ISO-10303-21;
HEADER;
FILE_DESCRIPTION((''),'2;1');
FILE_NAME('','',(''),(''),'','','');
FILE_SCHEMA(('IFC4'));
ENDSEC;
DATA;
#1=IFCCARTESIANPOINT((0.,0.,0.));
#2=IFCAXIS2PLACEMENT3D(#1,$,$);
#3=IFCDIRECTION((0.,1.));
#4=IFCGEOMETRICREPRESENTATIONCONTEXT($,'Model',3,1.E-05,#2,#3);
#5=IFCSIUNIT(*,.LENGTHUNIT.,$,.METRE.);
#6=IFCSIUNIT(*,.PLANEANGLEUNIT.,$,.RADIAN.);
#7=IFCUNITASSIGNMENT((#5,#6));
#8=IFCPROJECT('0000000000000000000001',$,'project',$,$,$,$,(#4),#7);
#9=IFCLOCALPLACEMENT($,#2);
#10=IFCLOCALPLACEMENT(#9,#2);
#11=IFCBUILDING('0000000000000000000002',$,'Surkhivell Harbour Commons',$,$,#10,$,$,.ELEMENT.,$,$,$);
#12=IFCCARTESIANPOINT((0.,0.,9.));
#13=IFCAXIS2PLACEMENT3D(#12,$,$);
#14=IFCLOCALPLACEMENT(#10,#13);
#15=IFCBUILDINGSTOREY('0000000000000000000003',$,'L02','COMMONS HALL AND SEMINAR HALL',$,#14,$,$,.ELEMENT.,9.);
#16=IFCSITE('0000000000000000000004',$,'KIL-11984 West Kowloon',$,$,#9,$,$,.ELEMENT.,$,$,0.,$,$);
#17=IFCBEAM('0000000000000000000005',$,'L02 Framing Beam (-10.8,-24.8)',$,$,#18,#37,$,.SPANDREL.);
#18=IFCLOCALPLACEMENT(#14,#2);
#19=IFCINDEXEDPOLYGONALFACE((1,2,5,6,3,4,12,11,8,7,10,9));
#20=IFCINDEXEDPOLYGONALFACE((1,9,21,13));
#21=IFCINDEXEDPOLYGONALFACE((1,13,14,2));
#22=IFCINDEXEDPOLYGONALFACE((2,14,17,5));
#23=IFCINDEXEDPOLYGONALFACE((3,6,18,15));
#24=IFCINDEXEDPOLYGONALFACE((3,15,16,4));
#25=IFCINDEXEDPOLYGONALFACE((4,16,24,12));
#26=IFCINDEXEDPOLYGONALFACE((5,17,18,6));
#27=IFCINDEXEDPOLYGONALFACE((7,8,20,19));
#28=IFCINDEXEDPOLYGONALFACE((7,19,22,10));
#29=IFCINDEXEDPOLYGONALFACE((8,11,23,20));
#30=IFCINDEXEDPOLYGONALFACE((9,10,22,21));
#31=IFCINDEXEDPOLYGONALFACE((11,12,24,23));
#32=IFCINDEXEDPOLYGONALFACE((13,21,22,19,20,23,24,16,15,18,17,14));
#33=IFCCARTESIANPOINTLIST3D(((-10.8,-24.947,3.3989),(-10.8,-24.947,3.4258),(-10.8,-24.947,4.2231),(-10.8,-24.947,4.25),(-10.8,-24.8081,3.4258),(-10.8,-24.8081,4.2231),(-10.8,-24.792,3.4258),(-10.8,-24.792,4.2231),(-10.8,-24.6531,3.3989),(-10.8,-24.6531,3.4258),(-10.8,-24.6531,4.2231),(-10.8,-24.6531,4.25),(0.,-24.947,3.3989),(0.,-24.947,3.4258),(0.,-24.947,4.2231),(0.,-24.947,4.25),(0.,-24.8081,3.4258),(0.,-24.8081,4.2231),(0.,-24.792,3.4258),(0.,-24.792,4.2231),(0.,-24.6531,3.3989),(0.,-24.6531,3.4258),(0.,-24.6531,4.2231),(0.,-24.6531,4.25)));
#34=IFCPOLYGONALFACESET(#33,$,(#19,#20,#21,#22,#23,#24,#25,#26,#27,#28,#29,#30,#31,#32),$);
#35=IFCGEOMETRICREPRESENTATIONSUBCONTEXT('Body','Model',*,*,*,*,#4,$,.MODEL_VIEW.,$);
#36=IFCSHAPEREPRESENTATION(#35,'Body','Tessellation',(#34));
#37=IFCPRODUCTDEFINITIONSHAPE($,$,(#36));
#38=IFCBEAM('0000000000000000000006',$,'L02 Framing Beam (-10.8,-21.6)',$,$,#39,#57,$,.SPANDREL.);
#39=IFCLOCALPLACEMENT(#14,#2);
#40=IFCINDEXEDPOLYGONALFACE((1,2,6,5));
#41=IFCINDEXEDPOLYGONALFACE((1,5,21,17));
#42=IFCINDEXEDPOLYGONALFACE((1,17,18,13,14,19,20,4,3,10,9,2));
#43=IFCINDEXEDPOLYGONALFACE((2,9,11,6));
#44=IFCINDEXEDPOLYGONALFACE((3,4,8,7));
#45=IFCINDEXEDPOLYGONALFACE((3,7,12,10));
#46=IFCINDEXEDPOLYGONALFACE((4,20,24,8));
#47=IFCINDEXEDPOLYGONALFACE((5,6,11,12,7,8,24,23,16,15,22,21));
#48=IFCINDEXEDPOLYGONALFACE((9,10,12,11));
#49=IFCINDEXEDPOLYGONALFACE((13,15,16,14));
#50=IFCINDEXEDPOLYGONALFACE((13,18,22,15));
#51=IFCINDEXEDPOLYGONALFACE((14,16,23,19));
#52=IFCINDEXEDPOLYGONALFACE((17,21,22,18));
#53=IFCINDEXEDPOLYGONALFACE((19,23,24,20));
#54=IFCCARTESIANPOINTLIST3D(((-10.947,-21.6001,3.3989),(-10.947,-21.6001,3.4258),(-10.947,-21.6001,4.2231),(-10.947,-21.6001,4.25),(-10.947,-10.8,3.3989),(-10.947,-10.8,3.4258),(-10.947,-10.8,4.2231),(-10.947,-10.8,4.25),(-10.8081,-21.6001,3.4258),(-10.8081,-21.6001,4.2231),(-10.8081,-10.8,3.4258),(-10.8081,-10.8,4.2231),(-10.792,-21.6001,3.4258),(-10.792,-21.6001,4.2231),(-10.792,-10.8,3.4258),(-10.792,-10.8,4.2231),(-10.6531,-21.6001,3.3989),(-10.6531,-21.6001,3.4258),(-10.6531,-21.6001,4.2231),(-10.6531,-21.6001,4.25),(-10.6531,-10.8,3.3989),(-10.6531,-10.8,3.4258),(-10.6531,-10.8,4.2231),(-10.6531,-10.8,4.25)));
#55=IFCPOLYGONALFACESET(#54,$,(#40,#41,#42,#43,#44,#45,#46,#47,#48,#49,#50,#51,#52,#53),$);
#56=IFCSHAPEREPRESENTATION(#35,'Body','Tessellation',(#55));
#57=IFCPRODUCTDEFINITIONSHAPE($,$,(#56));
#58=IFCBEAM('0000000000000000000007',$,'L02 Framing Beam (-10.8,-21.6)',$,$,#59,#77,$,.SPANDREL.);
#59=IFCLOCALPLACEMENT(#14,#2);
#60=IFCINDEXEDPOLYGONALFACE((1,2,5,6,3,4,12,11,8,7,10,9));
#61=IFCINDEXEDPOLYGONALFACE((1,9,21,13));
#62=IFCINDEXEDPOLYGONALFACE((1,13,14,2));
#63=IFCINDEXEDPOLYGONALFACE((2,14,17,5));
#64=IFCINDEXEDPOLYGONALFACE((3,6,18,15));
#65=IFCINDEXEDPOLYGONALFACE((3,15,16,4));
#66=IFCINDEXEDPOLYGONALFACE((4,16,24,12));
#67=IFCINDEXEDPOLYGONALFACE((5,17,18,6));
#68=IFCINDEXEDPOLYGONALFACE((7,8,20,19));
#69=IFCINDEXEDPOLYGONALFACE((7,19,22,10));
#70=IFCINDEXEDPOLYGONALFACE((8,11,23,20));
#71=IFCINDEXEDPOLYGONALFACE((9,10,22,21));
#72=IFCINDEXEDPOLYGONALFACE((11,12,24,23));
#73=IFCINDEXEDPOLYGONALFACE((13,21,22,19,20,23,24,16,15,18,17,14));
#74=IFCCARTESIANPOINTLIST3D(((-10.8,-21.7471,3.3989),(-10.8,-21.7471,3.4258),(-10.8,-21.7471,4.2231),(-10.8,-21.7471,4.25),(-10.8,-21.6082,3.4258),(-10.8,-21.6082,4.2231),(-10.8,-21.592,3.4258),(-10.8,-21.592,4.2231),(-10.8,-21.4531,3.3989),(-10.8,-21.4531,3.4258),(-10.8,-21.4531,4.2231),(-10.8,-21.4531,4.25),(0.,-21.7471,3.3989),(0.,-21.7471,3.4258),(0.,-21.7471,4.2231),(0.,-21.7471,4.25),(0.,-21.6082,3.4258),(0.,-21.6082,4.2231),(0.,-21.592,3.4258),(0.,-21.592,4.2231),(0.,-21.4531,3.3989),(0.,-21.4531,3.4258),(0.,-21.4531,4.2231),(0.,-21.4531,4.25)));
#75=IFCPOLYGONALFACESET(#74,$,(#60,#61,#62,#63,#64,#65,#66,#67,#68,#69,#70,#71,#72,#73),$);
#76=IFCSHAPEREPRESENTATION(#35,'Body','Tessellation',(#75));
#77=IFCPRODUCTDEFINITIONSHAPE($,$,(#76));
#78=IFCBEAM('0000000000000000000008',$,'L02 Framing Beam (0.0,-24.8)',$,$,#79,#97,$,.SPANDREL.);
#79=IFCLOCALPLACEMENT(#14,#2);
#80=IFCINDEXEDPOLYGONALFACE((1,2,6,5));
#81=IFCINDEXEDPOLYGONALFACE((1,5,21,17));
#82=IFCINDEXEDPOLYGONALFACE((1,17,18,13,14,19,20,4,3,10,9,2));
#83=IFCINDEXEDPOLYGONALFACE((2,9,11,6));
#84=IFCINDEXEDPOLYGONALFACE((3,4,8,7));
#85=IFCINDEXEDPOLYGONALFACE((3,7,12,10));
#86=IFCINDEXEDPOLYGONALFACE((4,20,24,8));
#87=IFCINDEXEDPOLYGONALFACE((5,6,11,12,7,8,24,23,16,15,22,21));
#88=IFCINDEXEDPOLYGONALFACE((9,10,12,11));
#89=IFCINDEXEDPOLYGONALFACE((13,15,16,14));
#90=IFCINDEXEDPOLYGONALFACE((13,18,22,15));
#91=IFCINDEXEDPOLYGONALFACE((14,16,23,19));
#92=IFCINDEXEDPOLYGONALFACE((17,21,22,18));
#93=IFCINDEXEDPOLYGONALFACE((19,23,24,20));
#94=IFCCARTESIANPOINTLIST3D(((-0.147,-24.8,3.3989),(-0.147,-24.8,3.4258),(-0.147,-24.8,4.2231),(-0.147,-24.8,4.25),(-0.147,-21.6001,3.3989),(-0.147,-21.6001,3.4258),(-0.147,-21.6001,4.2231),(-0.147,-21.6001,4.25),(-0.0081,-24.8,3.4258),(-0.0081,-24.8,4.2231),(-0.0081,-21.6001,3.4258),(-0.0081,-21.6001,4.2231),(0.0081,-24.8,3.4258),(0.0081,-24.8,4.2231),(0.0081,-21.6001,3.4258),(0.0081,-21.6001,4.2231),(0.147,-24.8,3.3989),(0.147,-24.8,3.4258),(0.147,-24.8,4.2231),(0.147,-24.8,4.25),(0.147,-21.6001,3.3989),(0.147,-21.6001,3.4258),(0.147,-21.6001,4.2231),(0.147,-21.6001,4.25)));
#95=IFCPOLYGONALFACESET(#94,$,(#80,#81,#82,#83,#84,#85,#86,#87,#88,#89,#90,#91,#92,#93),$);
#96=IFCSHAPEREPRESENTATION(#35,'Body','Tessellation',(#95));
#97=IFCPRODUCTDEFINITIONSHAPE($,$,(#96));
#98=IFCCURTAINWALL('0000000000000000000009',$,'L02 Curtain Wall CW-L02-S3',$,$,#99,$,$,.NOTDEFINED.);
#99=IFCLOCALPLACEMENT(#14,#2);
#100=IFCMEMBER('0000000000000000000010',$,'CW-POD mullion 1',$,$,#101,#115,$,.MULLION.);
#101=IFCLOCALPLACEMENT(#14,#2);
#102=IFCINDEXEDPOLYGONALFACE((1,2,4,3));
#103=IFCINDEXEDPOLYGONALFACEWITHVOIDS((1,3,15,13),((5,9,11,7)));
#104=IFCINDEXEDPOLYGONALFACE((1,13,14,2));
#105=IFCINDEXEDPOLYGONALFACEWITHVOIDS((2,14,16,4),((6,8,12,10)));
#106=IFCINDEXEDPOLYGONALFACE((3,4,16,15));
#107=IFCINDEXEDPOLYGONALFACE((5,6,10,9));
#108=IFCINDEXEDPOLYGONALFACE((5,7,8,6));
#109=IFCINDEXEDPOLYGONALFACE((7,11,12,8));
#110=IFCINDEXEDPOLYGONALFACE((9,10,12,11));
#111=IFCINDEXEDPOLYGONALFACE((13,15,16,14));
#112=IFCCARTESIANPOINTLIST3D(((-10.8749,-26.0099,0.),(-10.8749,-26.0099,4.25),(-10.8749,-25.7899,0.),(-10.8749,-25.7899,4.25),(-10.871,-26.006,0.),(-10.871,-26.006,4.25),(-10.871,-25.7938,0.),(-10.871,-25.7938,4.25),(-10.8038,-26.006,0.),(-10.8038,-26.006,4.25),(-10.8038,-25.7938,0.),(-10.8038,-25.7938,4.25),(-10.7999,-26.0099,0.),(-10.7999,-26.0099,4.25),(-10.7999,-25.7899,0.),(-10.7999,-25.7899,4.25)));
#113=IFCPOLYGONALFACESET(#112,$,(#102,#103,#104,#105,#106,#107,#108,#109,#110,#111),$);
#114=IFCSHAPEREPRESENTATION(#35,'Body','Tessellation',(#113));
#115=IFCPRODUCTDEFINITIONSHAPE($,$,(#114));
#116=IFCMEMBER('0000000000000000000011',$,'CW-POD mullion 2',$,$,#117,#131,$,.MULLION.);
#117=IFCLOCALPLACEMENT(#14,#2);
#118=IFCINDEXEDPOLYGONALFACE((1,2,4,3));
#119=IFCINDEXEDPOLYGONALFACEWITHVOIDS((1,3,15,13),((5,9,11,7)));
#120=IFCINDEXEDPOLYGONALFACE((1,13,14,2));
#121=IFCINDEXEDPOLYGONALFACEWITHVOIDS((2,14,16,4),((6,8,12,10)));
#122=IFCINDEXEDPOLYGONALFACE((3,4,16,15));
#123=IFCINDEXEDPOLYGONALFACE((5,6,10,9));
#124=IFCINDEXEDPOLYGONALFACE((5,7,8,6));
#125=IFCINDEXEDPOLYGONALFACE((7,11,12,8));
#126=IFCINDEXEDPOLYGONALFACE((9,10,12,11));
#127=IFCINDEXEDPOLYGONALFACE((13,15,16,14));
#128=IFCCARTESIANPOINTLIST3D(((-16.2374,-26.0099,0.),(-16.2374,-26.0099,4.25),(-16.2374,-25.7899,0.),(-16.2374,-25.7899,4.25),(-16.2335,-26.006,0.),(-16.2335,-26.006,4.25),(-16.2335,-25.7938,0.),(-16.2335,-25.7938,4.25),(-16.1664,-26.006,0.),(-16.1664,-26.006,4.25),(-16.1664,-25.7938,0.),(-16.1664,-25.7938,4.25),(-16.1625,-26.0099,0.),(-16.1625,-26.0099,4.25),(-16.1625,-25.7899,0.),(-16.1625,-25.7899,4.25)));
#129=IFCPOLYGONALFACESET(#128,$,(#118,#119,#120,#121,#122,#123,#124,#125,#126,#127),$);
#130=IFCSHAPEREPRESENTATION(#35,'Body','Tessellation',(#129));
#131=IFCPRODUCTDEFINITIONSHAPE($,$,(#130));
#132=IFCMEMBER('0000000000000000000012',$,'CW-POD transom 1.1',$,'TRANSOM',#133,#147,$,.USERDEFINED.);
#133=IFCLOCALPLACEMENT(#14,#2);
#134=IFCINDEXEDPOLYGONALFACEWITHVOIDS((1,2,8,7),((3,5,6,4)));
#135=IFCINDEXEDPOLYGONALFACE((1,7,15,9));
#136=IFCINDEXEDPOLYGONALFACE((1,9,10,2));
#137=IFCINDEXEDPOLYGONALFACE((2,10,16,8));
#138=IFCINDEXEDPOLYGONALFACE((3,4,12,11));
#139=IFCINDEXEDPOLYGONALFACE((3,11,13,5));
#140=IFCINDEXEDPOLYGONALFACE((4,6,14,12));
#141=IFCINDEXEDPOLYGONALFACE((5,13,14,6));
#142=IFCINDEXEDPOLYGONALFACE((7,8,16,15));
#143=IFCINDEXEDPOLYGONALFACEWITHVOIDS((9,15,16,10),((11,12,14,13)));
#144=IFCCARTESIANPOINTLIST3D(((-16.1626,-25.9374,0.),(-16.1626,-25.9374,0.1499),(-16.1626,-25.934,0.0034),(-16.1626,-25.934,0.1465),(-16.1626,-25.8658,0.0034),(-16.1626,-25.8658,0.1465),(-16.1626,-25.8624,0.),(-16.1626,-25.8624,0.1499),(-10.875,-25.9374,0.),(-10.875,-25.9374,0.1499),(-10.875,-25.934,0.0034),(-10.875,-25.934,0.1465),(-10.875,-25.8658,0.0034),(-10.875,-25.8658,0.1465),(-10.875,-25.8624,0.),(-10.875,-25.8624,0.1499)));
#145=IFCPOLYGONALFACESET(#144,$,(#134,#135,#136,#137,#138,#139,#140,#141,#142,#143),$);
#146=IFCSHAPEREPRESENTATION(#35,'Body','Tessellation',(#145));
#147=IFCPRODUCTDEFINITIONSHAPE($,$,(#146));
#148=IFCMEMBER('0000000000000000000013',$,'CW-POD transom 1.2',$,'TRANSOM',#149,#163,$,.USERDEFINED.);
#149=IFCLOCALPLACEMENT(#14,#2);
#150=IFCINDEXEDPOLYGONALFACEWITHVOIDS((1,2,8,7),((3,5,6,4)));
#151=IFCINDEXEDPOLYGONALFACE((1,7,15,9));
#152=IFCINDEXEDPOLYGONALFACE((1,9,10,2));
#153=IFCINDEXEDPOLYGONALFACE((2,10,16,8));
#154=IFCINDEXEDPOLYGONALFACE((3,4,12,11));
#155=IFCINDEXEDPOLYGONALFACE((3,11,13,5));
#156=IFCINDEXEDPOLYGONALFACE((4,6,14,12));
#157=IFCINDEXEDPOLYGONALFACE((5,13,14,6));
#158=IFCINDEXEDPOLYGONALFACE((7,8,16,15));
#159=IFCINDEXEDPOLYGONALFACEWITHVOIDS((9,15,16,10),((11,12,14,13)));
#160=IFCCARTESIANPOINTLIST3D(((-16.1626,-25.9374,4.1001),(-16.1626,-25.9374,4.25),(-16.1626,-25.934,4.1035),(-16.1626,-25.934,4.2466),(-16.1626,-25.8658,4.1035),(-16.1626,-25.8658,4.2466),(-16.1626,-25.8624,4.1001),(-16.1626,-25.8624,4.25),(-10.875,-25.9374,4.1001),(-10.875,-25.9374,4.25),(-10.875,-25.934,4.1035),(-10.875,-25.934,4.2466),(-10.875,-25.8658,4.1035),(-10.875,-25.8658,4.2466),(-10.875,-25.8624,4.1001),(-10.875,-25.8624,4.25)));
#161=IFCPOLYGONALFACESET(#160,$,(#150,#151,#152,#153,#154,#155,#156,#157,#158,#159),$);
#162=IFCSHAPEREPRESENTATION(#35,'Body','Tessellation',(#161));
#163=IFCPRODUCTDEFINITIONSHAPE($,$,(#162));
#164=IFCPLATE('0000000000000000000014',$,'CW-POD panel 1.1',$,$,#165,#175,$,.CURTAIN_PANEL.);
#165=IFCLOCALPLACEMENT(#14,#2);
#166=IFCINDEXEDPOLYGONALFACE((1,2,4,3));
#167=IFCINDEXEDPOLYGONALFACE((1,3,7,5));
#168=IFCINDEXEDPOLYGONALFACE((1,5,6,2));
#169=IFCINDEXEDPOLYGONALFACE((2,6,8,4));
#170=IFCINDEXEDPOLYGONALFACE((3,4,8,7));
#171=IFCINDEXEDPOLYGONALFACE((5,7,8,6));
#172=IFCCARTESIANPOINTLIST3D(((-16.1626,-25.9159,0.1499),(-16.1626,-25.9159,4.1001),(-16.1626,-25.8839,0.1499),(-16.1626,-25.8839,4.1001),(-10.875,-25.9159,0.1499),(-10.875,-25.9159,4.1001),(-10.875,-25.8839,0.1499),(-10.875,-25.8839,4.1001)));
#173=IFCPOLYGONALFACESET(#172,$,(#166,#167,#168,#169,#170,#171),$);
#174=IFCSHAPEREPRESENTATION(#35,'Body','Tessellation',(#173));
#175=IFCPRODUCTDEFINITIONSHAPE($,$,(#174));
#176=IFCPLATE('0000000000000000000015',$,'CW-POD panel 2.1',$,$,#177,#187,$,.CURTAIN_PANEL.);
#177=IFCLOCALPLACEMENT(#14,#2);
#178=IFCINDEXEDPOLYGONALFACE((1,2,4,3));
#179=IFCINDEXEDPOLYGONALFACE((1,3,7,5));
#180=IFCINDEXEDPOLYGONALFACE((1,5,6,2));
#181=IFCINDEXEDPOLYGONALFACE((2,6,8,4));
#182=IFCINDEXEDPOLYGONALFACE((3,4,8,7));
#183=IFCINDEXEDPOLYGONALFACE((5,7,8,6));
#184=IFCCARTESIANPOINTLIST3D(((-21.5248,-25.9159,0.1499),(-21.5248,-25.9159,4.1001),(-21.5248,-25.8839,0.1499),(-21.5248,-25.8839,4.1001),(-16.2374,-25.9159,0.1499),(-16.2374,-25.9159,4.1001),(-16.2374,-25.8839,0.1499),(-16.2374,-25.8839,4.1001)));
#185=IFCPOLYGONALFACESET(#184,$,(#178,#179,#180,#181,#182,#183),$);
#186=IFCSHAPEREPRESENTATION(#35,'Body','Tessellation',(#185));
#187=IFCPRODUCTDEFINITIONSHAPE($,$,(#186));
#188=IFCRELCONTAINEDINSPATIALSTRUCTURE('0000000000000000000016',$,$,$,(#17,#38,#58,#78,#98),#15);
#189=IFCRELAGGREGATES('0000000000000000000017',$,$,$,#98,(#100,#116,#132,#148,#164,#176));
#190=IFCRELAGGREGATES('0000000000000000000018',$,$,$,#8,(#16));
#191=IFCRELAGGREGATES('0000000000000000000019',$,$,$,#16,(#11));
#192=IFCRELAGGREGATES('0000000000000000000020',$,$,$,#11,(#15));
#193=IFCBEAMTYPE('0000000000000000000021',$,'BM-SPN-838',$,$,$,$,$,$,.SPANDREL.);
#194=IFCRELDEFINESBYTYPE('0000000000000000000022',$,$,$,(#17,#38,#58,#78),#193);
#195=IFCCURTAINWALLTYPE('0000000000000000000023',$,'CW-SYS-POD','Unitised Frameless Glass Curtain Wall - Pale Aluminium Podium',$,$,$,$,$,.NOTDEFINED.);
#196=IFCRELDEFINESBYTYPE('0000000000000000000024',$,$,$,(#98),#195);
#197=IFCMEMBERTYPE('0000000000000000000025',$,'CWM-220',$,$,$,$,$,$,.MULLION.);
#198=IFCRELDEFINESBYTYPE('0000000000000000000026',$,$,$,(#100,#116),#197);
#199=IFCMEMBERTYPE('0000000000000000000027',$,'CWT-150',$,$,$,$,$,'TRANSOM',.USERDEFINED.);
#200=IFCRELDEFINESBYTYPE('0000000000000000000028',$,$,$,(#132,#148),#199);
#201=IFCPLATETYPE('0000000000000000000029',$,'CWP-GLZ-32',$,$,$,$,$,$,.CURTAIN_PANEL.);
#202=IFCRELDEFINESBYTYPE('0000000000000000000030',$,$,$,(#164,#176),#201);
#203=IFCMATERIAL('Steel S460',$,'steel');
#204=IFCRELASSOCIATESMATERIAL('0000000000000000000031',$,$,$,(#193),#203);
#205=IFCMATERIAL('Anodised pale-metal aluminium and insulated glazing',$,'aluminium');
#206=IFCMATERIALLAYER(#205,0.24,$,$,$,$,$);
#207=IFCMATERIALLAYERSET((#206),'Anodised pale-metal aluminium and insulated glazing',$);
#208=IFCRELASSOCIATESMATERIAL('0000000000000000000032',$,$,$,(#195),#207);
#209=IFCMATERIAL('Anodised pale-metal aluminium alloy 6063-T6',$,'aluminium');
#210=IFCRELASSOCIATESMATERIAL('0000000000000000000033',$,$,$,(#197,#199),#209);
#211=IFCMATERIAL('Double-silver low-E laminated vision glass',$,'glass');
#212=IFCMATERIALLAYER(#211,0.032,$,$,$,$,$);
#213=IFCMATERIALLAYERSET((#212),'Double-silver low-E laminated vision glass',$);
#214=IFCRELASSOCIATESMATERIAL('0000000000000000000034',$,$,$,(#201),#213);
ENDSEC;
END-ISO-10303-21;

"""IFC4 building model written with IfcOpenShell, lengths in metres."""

from ifc_helpers import new_model, si_unit, direction, frame, frame_2d, origin, origin_2d, place, context, subcontext, project, spatial, rectangle, hollow_rectangle, i_section, extrude, material, layer, layer_set, material_profile, profile_set, type_object, element, aggregate, save


model = new_model("IFC4")

# Units and contexts
model_context = context("Model", 3, precision=1e-05, world=origin(), true_north=direction((0.0, 1.0)))
body_context = subcontext(model_context, "Body", "Model", "MODEL_VIEW")
ifc_project = project(units=[si_unit("LENGTHUNIT", "METRE"), si_unit("PLANEANGLEUNIT", "RADIAN")], contexts=[model_context])

# Site, building, storey
site_placement = place(None, origin())
site = spatial("IfcSite", under=ifc_project, at=site_placement, Name="KIL-11984 West Kowloon", CompositionType="ELEMENT", RefElevation=0.0)
building_placement = place(site_placement, origin())
building = spatial("IfcBuilding", under=site, at=building_placement, Name="Surkhivell Harbour Commons", CompositionType="ELEMENT")
storey_placement = place(building_placement, frame((0.0, 0.0, 9.0)))
storey = spatial("IfcBuildingStorey", under=building, at=storey_placement, Name="L02", Description="COMMONS HALL AND SEMINAR HALL", CompositionType="ELEMENT", Elevation=9.0)

# Beams
ifc_material_1 = material(Name="Steel S460", Category="steel")
ifc_material_profile_1 = material_profile(ifc_material_1, i_section(OverallWidth=0.2939, OverallDepth=0.8511, WebThickness=0.0161, FlangeThickness=0.0269, at=origin_2d()), Name="UB838x292x226")
ifc_profile_set_1 = profile_set([ifc_material_profile_1], Name="Steel S460")
beam_type = type_object("IfcBeamType", Name="BM-SPN-838", PredefinedType="SPANDREL", material=ifc_profile_set_1)
for number, where, z_axis, x_axis, name in (
    (1, (-10.8, -24.8, 3.8245), (1.0, 0.0, 0.0), (0.0, 1.0, 0.0), "L02 Framing Beam (-10.8,-24.8)"),
    (2, (-10.8, -21.6001, 3.8245), (0.0, 1.0, 0.0), (-1.0, 0.0, 0.0), "L02 Framing Beam (-10.8,-21.6)"),
    (3, (-10.8, -21.6001, 3.8245), (1.0, 0.0, 0.0), (0.0, 1.0, 0.0), "L02 Framing Beam (-10.8,-21.6)"),
):
    element("IfcBeam", number, at=place(storey_placement, frame(where, z_axis=z_axis, x_axis=x_axis)), inside=storey, type_object=beam_type, Name=name, PredefinedType="SPANDREL", context=body_context, shape_type="SweptSolid", body=[
        extrude(i_section(OverallWidth=0.2939, OverallDepth=0.8511, WebThickness=0.0161, FlangeThickness=0.0269, at=origin_2d()), origin(), (0.0, 0.0, 1.0), 10.8),
    ])
beam_1_placement = place(storey_placement, frame((0.0, -24.8, 3.8245), z_axis=(0.0, 1.0, 0.0), x_axis=(-1.0, 0.0, 0.0)))
element("IfcBeam", 4, at=beam_1_placement, inside=storey, type_object=beam_type, Name="L02 Framing Beam (0.0,-24.8)", PredefinedType="SPANDREL", context=body_context, shape_type="SweptSolid", body=[
    extrude(i_section(OverallWidth=0.2939, OverallDepth=0.8511, WebThickness=0.0161, FlangeThickness=0.0269, at=origin_2d()), origin(), (0.0, 0.0, 1.0), 3.2),
])

# Curtain wall, members, plates
ifc_material_2 = material(Name="Anodised pale-metal aluminium and insulated glazing", Category="aluminium")
ifc_layer_1 = layer(ifc_material_2, 0.24)
ifc_layer_set_1 = layer_set([ifc_layer_1], Name="Anodised pale-metal aluminium and insulated glazing")
curtain_wall_type = type_object("IfcCurtainWallType", Name="CW-SYS-POD", Description="Unitised Frameless Glass Curtain Wall - Pale Aluminium Podium", PredefinedType="NOTDEFINED", material=ifc_layer_set_1)
curtain_wall_placement = place(storey_placement, origin())
curtain_wall = element("IfcCurtainWall", 5, at=curtain_wall_placement, inside=storey, type_object=curtain_wall_type, Name="L02 Curtain Wall CW-L02-S3", PredefinedType="NOTDEFINED")
ifc_material_3 = material(Name="Anodised pale-metal aluminium alloy 6063-T6", Category="aluminium")
ifc_material_profile_2 = material_profile(ifc_material_3, hollow_rectangle(XDim=0.075, YDim=0.22, WallThickness=0.0039, at=origin_2d()), Name="ALU-MULL-75x220")
ifc_profile_set_2 = profile_set([ifc_material_profile_2], Name="Anodised pale-metal aluminium alloy 6063-T6")
member_type_1 = type_object("IfcMemberType", Name="CWM-220", PredefinedType="MULLION", material=ifc_profile_set_2)
member_1_placement = place(storey_placement, frame((-10.8374, -25.8999, 0.0), z_axis=(0.0, 0.0, 1.0), x_axis=(-1.0, 0.0, 0.0)))
member_1 = element("IfcMember", 6, at=member_1_placement, type_object=member_type_1, Name="CW-POD mullion 1", PredefinedType="MULLION", context=body_context, shape_type="SweptSolid", body=[
    extrude(hollow_rectangle(XDim=0.075, YDim=0.22, WallThickness=0.0039, at=origin_2d()), origin(), (0.0, 0.0, 1.0), 4.25),
])
member_2_placement = place(storey_placement, frame((-16.2, -25.8999, 0.0), z_axis=(0.0, 0.0, 1.0), x_axis=(-1.0, 0.0, 0.0)))
member_2 = element("IfcMember", 7, at=member_2_placement, type_object=member_type_1, Name="CW-POD mullion 2", PredefinedType="MULLION", context=body_context, shape_type="SweptSolid", body=[
    extrude(hollow_rectangle(XDim=0.075, YDim=0.22, WallThickness=0.0039, at=origin_2d()), origin(), (0.0, 0.0, 1.0), 4.25),
])
ifc_material_profile_3 = material_profile(ifc_material_3, hollow_rectangle(XDim=0.075, YDim=0.1499, WallThickness=0.0034, at=origin_2d()), Name="ALU-TRAN-75x150")
ifc_profile_set_3 = profile_set([ifc_material_profile_3], Name="Anodised pale-metal aluminium alloy 6063-T6")
member_type_2 = type_object("IfcMemberType", Name="CWT-150", ElementType="TRANSOM", PredefinedType="USERDEFINED", material=ifc_profile_set_3)
member_3_placement = place(storey_placement, frame((-10.875, -25.8999, 0.075), z_axis=(-1.0, 0.0, 0.0), x_axis=(0.0, -1.0, 0.0)))
member_3 = element("IfcMember", 8, at=member_3_placement, type_object=member_type_2, Name="CW-POD transom 1.1", ObjectType="TRANSOM", PredefinedType="USERDEFINED", context=body_context, shape_type="SweptSolid", body=[
    extrude(hollow_rectangle(XDim=0.075, YDim=0.1499, WallThickness=0.0034, at=origin_2d()), origin(), (0.0, 0.0, 1.0), 5.2876),
])
member_4_placement = place(storey_placement, frame((-10.875, -25.8999, 4.175), z_axis=(-1.0, 0.0, 0.0), x_axis=(0.0, -1.0, 0.0)))
member_4 = element("IfcMember", 9, at=member_4_placement, type_object=member_type_2, Name="CW-POD transom 1.2", ObjectType="TRANSOM", PredefinedType="USERDEFINED", context=body_context, shape_type="SweptSolid", body=[
    extrude(hollow_rectangle(XDim=0.075, YDim=0.1499, WallThickness=0.0034, at=origin_2d()), origin(), (0.0, 0.0, 1.0), 5.2876),
])
ifc_material_4 = material(Name="Double-silver low-E laminated vision glass", Category="glass")
ifc_layer_2 = layer(ifc_material_4, 0.032)
ifc_layer_set_2 = layer_set([ifc_layer_2], Name="Double-silver low-E laminated vision glass")
plate_type = type_object("IfcPlateType", Name="CWP-GLZ-32", PredefinedType="CURTAIN_PANEL", material=ifc_layer_set_2)
plate_1_placement = place(storey_placement, frame((-10.875, -25.8999, 0.1499), z_axis=(0.0, 0.0, 1.0), x_axis=(-1.0, 0.0, 0.0)))
plate_1 = element("IfcPlate", 10, at=plate_1_placement, type_object=plate_type, Name="CW-POD panel 1.1", PredefinedType="CURTAIN_PANEL", context=body_context, shape_type="SweptSolid", body=[
    extrude(rectangle(XDim=5.2876, YDim=0.032, at=frame_2d((2.6438, 0.0))), origin(), (0.0, 0.0, 1.0), 3.9502),
])
plate_2_placement = place(storey_placement, frame((-16.2375, -25.8999, 0.1499), z_axis=(0.0, 0.0, 1.0), x_axis=(-1.0, 0.0, 0.0)))
plate_2 = element("IfcPlate", 11, at=plate_2_placement, type_object=plate_type, Name="CW-POD panel 2.1", PredefinedType="CURTAIN_PANEL", context=body_context, shape_type="SweptSolid", body=[
    extrude(rectangle(XDim=5.2874, YDim=0.032, at=frame_2d((2.6436, 0.0))), origin(), (0.0, 0.0, 1.0), 3.9502),
])
aggregate(curtain_wall, [member_1, member_2, member_3, member_4, plate_1, plate_2])

save(model, "model.ifc")
